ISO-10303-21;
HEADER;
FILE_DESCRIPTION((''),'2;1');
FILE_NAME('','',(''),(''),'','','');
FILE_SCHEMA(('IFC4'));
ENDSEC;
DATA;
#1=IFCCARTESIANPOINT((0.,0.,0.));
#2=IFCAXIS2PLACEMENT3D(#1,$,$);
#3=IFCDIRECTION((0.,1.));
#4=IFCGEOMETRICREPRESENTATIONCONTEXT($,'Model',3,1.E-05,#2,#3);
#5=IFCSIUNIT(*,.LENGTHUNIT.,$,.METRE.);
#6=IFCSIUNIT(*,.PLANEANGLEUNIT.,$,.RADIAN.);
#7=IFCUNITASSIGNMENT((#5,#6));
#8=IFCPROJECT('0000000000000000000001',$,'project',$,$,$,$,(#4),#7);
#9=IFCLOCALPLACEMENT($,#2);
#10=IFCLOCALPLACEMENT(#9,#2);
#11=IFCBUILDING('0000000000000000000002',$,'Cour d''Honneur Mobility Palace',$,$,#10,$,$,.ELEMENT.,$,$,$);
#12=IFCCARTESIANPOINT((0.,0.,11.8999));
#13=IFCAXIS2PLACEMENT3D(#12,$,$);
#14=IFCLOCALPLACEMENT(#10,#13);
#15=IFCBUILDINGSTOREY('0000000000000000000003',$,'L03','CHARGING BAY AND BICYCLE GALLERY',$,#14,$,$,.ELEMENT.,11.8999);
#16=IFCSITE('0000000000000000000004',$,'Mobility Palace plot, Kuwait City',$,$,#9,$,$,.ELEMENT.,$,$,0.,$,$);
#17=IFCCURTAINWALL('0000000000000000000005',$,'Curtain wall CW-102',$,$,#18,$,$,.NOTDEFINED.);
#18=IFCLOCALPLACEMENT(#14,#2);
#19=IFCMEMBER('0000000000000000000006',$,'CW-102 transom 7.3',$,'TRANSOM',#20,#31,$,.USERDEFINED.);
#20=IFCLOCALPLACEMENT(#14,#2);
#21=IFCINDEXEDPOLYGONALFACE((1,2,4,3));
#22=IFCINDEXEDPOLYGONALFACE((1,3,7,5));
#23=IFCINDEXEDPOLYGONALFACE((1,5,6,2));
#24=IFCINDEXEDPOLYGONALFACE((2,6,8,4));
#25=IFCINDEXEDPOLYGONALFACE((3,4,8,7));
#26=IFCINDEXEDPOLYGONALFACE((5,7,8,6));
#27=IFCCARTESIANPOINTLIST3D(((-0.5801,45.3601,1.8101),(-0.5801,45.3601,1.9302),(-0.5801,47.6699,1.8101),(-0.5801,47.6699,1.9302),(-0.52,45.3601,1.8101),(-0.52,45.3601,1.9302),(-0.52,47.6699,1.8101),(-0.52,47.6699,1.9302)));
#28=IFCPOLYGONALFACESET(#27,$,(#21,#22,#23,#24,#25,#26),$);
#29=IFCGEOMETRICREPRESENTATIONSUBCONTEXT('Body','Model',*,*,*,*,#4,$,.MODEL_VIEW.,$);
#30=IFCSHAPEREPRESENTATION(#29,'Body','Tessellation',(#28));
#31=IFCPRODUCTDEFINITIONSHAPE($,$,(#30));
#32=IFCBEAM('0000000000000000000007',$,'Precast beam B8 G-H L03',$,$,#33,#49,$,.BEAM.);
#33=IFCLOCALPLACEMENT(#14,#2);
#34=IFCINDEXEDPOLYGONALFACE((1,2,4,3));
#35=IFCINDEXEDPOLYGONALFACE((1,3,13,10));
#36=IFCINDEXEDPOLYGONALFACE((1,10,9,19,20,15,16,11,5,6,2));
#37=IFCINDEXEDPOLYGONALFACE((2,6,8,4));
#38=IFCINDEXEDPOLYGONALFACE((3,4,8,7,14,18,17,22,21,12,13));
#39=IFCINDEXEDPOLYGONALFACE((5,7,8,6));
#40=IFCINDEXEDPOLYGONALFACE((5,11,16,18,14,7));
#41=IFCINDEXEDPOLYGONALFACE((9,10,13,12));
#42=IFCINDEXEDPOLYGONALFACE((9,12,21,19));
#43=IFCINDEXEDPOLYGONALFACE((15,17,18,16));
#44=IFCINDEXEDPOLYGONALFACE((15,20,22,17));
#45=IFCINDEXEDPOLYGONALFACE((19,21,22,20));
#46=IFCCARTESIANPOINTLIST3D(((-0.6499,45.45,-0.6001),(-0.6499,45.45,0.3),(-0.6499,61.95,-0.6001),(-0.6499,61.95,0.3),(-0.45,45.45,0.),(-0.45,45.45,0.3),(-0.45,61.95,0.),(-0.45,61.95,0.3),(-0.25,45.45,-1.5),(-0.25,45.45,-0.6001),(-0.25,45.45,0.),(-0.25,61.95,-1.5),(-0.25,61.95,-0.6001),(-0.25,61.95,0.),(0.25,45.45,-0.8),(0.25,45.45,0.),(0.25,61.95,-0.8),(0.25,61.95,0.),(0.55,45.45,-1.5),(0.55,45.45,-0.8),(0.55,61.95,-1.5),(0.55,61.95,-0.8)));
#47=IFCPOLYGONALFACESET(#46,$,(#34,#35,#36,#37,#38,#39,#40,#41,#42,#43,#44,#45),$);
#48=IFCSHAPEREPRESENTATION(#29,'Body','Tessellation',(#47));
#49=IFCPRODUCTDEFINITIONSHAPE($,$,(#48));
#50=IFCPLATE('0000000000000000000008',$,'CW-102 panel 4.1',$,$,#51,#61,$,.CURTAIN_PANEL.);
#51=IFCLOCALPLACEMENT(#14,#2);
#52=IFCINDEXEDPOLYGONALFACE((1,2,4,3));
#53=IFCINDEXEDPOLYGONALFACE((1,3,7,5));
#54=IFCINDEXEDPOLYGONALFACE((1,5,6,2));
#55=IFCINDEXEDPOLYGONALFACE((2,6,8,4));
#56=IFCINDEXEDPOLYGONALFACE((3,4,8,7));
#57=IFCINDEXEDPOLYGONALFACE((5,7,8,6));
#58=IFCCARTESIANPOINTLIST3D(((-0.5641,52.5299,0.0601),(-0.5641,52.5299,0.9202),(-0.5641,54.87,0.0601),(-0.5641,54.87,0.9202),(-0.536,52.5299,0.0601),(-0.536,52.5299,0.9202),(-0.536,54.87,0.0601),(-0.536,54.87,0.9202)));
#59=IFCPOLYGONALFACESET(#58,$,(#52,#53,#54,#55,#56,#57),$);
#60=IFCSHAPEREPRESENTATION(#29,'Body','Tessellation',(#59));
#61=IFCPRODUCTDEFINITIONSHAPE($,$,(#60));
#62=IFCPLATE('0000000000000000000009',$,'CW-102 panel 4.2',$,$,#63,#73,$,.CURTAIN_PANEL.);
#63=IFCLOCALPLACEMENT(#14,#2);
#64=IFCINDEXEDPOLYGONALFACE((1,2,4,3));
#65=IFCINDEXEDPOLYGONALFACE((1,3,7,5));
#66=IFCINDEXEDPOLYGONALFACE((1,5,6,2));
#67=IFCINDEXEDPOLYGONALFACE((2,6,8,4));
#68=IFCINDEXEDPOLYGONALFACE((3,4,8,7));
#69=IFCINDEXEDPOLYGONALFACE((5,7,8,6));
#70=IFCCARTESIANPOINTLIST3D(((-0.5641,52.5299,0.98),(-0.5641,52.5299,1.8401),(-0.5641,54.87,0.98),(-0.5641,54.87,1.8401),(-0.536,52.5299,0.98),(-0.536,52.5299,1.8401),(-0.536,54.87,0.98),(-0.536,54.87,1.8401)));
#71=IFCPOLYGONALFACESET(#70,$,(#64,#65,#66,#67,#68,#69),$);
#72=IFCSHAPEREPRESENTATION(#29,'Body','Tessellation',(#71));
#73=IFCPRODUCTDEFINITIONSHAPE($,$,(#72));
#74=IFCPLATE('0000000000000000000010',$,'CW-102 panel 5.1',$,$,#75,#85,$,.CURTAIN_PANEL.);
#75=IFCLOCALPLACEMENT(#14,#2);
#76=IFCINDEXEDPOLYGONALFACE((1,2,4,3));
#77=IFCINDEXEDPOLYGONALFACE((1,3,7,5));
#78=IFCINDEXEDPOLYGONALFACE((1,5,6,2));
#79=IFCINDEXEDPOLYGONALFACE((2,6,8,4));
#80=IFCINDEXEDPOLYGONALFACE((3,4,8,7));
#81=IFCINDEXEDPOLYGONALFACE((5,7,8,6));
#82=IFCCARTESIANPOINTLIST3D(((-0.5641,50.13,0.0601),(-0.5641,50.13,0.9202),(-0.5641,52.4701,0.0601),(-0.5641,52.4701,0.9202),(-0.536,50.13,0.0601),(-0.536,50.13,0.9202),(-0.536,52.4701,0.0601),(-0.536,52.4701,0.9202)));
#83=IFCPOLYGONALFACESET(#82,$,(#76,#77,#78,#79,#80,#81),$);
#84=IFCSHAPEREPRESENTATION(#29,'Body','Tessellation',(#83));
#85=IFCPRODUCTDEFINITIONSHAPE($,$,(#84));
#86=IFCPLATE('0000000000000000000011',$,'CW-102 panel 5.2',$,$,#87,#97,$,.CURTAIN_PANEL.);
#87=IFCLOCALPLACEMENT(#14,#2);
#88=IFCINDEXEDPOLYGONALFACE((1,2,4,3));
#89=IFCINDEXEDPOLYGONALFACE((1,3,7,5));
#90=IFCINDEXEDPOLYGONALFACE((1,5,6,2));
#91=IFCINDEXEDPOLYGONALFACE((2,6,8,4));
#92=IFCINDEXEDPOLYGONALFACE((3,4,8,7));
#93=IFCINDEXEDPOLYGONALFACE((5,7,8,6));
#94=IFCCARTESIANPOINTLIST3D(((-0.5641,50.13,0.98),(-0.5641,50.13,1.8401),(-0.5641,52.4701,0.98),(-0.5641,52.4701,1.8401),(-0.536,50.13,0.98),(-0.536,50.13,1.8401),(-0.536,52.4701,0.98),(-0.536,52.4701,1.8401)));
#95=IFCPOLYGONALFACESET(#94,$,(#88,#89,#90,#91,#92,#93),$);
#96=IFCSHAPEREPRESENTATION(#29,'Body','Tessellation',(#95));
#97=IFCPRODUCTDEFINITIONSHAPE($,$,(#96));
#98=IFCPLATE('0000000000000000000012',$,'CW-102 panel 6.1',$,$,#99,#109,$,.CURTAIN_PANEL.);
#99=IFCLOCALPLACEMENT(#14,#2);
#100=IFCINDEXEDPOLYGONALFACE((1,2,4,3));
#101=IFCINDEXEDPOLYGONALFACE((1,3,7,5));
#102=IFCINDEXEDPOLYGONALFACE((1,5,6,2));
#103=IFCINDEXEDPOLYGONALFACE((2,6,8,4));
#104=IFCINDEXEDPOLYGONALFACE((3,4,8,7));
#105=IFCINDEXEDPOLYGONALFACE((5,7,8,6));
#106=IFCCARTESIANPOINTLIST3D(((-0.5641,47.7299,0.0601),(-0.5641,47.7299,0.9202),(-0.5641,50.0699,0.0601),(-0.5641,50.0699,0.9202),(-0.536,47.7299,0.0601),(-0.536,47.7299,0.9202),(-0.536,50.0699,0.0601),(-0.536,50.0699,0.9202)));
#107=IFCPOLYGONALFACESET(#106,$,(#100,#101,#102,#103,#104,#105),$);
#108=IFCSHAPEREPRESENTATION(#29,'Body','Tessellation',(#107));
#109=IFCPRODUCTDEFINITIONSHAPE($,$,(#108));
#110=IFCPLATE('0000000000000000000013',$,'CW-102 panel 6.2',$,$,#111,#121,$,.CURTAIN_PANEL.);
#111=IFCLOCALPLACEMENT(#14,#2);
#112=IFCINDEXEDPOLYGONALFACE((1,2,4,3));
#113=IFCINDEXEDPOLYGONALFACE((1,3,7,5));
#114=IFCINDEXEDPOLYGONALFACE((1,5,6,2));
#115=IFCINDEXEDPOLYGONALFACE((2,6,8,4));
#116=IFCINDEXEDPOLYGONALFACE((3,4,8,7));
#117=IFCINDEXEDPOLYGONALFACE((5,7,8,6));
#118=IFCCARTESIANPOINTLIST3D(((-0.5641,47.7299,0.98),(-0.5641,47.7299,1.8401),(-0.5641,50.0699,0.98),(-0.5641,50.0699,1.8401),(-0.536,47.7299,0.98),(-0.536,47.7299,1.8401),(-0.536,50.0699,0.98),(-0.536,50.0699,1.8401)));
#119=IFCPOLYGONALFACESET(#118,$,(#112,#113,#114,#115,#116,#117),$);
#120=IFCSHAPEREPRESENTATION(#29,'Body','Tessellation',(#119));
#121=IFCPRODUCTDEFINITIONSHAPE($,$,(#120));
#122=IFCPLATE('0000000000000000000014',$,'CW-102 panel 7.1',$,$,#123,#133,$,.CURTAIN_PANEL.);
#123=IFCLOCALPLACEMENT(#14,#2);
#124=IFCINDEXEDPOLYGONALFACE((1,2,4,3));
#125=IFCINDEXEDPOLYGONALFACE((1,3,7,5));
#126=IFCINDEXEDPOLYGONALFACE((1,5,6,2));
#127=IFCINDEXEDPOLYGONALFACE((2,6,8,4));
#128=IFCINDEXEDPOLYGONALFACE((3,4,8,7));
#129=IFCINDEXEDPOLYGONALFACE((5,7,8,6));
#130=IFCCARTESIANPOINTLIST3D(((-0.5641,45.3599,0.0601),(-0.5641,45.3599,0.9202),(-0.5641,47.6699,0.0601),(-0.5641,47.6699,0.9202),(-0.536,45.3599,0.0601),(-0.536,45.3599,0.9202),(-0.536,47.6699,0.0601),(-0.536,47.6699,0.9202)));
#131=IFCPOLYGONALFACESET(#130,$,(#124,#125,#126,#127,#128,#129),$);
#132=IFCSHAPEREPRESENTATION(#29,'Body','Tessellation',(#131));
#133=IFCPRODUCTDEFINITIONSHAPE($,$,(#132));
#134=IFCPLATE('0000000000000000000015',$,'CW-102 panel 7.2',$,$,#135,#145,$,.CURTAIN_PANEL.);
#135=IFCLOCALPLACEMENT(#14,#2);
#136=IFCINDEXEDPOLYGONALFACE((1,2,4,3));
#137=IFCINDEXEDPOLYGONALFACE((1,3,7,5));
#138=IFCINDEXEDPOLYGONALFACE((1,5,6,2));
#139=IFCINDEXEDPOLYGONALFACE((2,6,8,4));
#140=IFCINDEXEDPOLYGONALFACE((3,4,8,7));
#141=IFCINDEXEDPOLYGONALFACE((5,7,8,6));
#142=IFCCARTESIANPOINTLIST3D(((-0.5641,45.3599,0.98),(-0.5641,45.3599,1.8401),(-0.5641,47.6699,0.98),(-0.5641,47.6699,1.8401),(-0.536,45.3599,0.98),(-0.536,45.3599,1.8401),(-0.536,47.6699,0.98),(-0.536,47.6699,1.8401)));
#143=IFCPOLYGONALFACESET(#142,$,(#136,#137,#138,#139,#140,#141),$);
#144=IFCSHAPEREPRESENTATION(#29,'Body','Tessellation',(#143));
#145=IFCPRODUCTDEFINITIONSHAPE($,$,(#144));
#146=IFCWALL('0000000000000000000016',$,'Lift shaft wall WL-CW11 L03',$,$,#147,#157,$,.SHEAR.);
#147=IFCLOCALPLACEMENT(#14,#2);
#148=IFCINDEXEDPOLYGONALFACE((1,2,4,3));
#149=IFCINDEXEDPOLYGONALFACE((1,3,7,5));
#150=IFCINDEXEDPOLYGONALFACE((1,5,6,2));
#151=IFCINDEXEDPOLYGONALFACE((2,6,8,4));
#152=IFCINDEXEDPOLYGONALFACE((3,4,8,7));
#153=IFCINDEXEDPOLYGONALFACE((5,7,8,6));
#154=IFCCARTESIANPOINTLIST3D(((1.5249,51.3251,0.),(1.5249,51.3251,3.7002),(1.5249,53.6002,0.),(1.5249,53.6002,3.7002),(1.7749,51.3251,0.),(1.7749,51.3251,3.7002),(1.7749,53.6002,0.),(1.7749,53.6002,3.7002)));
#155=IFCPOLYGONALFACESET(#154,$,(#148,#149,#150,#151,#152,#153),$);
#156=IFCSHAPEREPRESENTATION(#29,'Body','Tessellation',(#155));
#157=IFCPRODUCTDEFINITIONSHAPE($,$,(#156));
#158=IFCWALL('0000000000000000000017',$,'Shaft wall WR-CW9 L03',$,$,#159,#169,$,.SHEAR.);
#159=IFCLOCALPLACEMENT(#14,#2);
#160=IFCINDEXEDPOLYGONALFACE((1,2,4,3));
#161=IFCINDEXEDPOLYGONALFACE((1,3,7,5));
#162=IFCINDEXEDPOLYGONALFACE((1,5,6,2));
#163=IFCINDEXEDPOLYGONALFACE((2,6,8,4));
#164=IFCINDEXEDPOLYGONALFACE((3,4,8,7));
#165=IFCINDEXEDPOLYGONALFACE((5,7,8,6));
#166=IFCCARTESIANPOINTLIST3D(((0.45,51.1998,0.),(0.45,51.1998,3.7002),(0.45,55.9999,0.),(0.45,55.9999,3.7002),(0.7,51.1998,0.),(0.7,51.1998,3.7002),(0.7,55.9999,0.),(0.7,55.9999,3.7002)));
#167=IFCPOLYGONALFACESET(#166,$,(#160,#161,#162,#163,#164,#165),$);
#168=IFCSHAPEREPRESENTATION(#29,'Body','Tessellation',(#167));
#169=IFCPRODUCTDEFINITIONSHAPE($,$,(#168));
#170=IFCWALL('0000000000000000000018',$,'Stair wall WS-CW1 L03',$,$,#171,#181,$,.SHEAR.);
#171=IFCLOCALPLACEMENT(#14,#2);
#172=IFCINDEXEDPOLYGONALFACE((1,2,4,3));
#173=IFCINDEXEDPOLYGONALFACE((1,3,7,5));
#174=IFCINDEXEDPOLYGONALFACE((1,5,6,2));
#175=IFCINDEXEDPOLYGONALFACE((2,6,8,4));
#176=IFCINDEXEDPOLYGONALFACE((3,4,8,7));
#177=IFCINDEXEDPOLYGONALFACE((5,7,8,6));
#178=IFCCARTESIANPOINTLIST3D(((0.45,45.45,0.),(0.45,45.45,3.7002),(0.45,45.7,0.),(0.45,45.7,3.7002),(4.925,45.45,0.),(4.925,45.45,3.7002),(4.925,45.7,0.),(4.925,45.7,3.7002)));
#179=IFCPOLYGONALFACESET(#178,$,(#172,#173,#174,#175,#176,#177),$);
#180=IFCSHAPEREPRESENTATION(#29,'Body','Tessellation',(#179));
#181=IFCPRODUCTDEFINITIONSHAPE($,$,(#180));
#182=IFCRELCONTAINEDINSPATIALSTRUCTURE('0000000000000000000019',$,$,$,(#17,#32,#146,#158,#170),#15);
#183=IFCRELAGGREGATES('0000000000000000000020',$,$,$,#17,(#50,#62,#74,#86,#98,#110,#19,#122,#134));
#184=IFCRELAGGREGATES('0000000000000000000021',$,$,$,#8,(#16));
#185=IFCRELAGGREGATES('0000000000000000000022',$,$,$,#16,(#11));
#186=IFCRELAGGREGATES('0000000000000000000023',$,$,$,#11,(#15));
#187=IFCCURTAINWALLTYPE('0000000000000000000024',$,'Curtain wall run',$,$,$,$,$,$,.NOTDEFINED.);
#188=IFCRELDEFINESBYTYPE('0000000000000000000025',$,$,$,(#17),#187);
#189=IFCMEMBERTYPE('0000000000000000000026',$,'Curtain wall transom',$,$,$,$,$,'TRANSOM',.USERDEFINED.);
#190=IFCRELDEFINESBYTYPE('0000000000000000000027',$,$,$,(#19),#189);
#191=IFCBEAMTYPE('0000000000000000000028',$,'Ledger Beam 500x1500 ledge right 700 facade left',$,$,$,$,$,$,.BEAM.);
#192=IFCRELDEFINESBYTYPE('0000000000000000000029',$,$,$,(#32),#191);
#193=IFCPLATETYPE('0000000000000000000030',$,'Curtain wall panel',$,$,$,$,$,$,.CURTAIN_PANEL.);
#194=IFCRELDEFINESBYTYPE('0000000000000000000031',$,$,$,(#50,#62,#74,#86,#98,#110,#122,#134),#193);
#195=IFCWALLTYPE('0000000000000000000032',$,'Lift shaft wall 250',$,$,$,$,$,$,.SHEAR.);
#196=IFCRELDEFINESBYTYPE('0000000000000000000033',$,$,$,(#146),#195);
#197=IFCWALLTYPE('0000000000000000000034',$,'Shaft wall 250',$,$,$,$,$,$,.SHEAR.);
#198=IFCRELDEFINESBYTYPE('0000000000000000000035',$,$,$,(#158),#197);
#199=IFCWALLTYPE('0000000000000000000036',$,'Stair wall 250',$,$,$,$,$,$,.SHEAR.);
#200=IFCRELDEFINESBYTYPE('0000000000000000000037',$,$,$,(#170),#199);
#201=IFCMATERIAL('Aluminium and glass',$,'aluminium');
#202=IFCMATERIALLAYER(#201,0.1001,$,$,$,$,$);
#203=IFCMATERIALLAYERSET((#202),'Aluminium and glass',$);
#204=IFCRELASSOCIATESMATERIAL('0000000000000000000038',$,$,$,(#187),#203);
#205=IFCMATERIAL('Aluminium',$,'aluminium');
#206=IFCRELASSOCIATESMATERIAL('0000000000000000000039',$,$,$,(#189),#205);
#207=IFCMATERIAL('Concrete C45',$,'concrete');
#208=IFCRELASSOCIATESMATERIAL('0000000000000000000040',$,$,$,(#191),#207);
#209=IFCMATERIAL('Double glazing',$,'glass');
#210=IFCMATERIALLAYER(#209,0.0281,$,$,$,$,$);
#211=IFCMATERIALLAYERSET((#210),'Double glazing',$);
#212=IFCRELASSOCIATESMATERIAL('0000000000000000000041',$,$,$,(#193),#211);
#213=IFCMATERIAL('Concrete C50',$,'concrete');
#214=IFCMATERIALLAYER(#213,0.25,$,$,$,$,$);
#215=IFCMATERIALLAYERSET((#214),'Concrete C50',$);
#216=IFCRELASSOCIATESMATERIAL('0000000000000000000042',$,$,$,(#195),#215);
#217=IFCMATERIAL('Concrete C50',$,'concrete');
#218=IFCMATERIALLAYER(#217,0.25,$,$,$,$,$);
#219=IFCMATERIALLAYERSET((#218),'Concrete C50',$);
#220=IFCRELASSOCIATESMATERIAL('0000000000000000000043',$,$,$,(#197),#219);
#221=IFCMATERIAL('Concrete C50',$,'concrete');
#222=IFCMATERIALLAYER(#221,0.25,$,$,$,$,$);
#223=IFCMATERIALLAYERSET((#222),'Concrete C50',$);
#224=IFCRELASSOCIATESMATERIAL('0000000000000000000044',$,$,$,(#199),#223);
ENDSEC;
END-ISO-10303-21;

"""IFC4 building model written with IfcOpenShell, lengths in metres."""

from ifc_helpers import new_model, si_unit, direction, frame, frame_2d, origin, origin_2d, place, context, subcontext, project, spatial, polyline, rectangle, outline, extrude, material, layer, layer_set, material_profile, profile_set, type_object, element, aggregate, save


model = new_model("IFC4")

# Units and contexts
model_context = context("Model", 3, precision=1e-05, world=origin(), true_north=direction((0.0, 1.0)))
body_context = subcontext(model_context, "Body", "Model", "MODEL_VIEW")
ifc_project = project(units=[si_unit("LENGTHUNIT", "METRE"), si_unit("PLANEANGLEUNIT", "RADIAN")], contexts=[model_context])

# Site, building, storey
site_placement = place(None, origin())
site = spatial("IfcSite", under=ifc_project, at=site_placement, Name="Mobility Palace plot, Kuwait City", CompositionType="ELEMENT", RefElevation=0.0)
building_placement = place(site_placement, origin())
building = spatial("IfcBuilding", under=site, at=building_placement, Name="Cour d'Honneur Mobility Palace", CompositionType="ELEMENT")
storey_placement = place(building_placement, frame((0.0, 0.0, 11.8999)))
storey = spatial("IfcBuildingStorey", under=building, at=storey_placement, Name="L03", Description="CHARGING BAY AND BICYCLE GALLERY", CompositionType="ELEMENT", Elevation=11.8999)

# Curtain wall, member
ifc_material_1 = material(Name="Aluminium and glass", Category="aluminium")
ifc_layer_1 = layer(ifc_material_1, 0.1001)
ifc_layer_set_1 = layer_set([ifc_layer_1], Name="Aluminium and glass")
curtain_wall_type = type_object("IfcCurtainWallType", Name="Curtain wall run", PredefinedType="NOTDEFINED", material=ifc_layer_set_1)
curtain_wall_placement = place(storey_placement, origin())
curtain_wall = element("IfcCurtainWall", 1, at=curtain_wall_placement, inside=storey, type_object=curtain_wall_type, Name="Curtain wall CW-102", PredefinedType="NOTDEFINED")
ifc_material_2 = material(Name="Aluminium", Category="aluminium")
ifc_material_profile_1 = material_profile(ifc_material_2, rectangle(XDim=0.0601, YDim=0.1201, at=origin_2d()), Name="Curtain wall transom")
ifc_profile_set_1 = profile_set([ifc_material_profile_1], Name="Aluminium")
member_type_1 = type_object("IfcMemberType", Name="Curtain wall transom", ElementType="TRANSOM", PredefinedType="USERDEFINED", material=ifc_profile_set_1)
member_1_placement = place(storey_placement, frame((-0.55, 47.6699, 1.8701), z_axis=(0.0, -1.0, 0.0), x_axis=(1.0, 0.0, 0.0)))
member_1 = element("IfcMember", 2, at=member_1_placement, type_object=member_type_1, Name="CW-102 transom 7.3", ObjectType="TRANSOM", PredefinedType="USERDEFINED", context=body_context, shape_type="SweptSolid", body=[
    extrude(rectangle(XDim=0.0601, YDim=0.1201, at=origin_2d()), origin(), (0.0, 0.0, 1.0), 2.3098),
])

# Beam
ifc_material_3 = material(Name="Concrete C45", Category="concrete")
ifc_material_profile_2 = material_profile(ifc_material_3, outline(polyline([(0.25, -1.5), (0.25, -0.6001), (0.6499, -0.6001), (0.6499, 0.3), (0.45, 0.3), (0.45, 0.0), (0.25, 0.0), (-0.25, 0.0), (-0.25, -0.8), (-0.55, -0.8), (-0.55, -1.5), (0.25, -1.5)])), Name="Ledger Beam 500x1500 ledge right 700 facade left")
ifc_profile_set_2 = profile_set([ifc_material_profile_2], Name="Concrete C45")
beam_type = type_object("IfcBeamType", Name="Ledger Beam 500x1500 ledge right 700 facade left", PredefinedType="BEAM", material=ifc_profile_set_2)
beam_placement = place(storey_placement, frame((0.0, 45.45, 0.0), z_axis=(0.0, 1.0, 0.0), x_axis=(-1.0, 0.0, 0.0)))
element("IfcBeam", 3, at=beam_placement, inside=storey, type_object=beam_type, Name="Precast beam B8 G-H L03", PredefinedType="BEAM", context=body_context, shape_type="SweptSolid", body=[
    extrude(outline(polyline([(0.25, -1.5), (0.25, -0.6001), (0.6499, -0.6001), (0.6499, 0.3), (0.45, 0.3), (0.45, 0.0), (0.25, 0.0), (-0.25, 0.0), (-0.25, -0.8), (-0.55, -0.8), (-0.55, -1.5), (0.25, -1.5)])), origin(), (0.0, 0.0, 1.0), 16.5),
])

# Plates
ifc_material_4 = material(Name="Double glazing", Category="glass")
ifc_layer_2 = layer(ifc_material_4, 0.0281)
ifc_layer_set_2 = layer_set([ifc_layer_2], Name="Double glazing")
plate_type = type_object("IfcPlateType", Name="Curtain wall panel", PredefinedType="CURTAIN_PANEL", material=ifc_layer_set_2)
plate_1_placement = place(storey_placement, frame((-0.55, 53.7, 0.0601), z_axis=(0.0, 0.0, 1.0), x_axis=(0.0, -1.0, 0.0)))
plate_1 = element("IfcPlate", 4, at=plate_1_placement, type_object=plate_type, Name="CW-102 panel 4.1", PredefinedType="CURTAIN_PANEL", context=body_context, shape_type="SweptSolid", body=[
    extrude(rectangle(XDim=2.3401, YDim=0.0281, at=origin_2d()), origin(), (0.0, 0.0, 1.0), 0.8601),
])
plate_2_placement = place(storey_placement, frame((-0.55, 53.7, 0.98), z_axis=(0.0, 0.0, 1.0), x_axis=(0.0, -1.0, 0.0)))
plate_2 = element("IfcPlate", 5, at=plate_2_placement, type_object=plate_type, Name="CW-102 panel 4.2", PredefinedType="CURTAIN_PANEL", context=body_context, shape_type="SweptSolid", body=[
    extrude(rectangle(XDim=2.3401, YDim=0.0281, at=origin_2d()), origin(), (0.0, 0.0, 1.0), 0.8601),
])
plate_3_placement = place(storey_placement, frame((-0.55, 51.3, 0.0601), z_axis=(0.0, 0.0, 1.0), x_axis=(0.0, -1.0, 0.0)))
plate_3 = element("IfcPlate", 6, at=plate_3_placement, type_object=plate_type, Name="CW-102 panel 5.1", PredefinedType="CURTAIN_PANEL", context=body_context, shape_type="SweptSolid", body=[
    extrude(rectangle(XDim=2.3401, YDim=0.0281, at=origin_2d()), origin(), (0.0, 0.0, 1.0), 0.8601),
])
plate_4_placement = place(storey_placement, frame((-0.55, 51.3, 0.98), z_axis=(0.0, 0.0, 1.0), x_axis=(0.0, -1.0, 0.0)))
plate_4 = element("IfcPlate", 7, at=plate_4_placement, type_object=plate_type, Name="CW-102 panel 5.2", PredefinedType="CURTAIN_PANEL", context=body_context, shape_type="SweptSolid", body=[
    extrude(rectangle(XDim=2.3401, YDim=0.0281, at=origin_2d()), origin(), (0.0, 0.0, 1.0), 0.8601),
])
plate_5_placement = place(storey_placement, frame((-0.55, 48.8999, 0.0601), z_axis=(0.0, 0.0, 1.0), x_axis=(0.0, -1.0, 0.0)))
plate_5 = element("IfcPlate", 8, at=plate_5_placement, type_object=plate_type, Name="CW-102 panel 6.1", PredefinedType="CURTAIN_PANEL", context=body_context, shape_type="SweptSolid", body=[
    extrude(rectangle(XDim=2.3401, YDim=0.0281, at=origin_2d()), origin(), (0.0, 0.0, 1.0), 0.8601),
])
plate_6_placement = place(storey_placement, frame((-0.55, 48.8999, 0.98), z_axis=(0.0, 0.0, 1.0), x_axis=(0.0, -1.0, 0.0)))
plate_6 = element("IfcPlate", 9, at=plate_6_placement, type_object=plate_type, Name="CW-102 panel 6.2", PredefinedType="CURTAIN_PANEL", context=body_context, shape_type="SweptSolid", body=[
    extrude(rectangle(XDim=2.3401, YDim=0.0281, at=origin_2d()), origin(), (0.0, 0.0, 1.0), 0.8601),
])
plate_7_placement = place(storey_placement, frame((-0.55, 46.5149, 0.0601), z_axis=(0.0, 0.0, 1.0), x_axis=(0.0, -1.0, 0.0)))
plate_7 = element("IfcPlate", 10, at=plate_7_placement, type_object=plate_type, Name="CW-102 panel 7.1", PredefinedType="CURTAIN_PANEL", context=body_context, shape_type="SweptSolid", body=[
    extrude(rectangle(XDim=2.3101, YDim=0.0281, at=origin_2d()), origin(), (0.0, 0.0, 1.0), 0.8601),
])
plate_8_placement = place(storey_placement, frame((-0.55, 46.5149, 0.98), z_axis=(0.0, 0.0, 1.0), x_axis=(0.0, -1.0, 0.0)))
plate_8 = element("IfcPlate", 11, at=plate_8_placement, type_object=plate_type, Name="CW-102 panel 7.2", PredefinedType="CURTAIN_PANEL", context=body_context, shape_type="SweptSolid", body=[
    extrude(rectangle(XDim=2.3101, YDim=0.0281, at=origin_2d()), origin(), (0.0, 0.0, 1.0), 0.8601),
])
aggregate(curtain_wall, [plate_1, plate_2, plate_3, plate_4, plate_5, plate_6, member_1, plate_7, plate_8])

# Walls
ifc_material_5 = material(Name="Concrete C50", Category="concrete")
ifc_layer_3 = layer(ifc_material_5, 0.25)
ifc_layer_set_3 = layer_set([ifc_layer_3], Name="Concrete C50")
wall_type_1 = type_object("IfcWallType", Name="Lift shaft wall 250", PredefinedType="SHEAR", material=ifc_layer_set_3)
wall_1_placement = place(storey_placement, frame((1.6499, 51.325, 0.0), z_axis=(0.0, 0.0, 1.0), x_axis=(0.0, 1.0, 0.0)))
element("IfcWall", 12, at=wall_1_placement, inside=storey, type_object=wall_type_1, Name="Lift shaft wall WL-CW11 L03", PredefinedType="SHEAR", context=body_context, shape_type="SweptSolid", body=[
    extrude(rectangle(XDim=2.2751, YDim=0.25, at=frame_2d((1.1377, 0.0))), origin(), (0.0, 0.0, 1.0), 3.7002),
])
ifc_material_6 = material(Name="Concrete C50", Category="concrete")
ifc_layer_4 = layer(ifc_material_6, 0.25)
ifc_layer_set_4 = layer_set([ifc_layer_4], Name="Concrete C50")
wall_type_2 = type_object("IfcWallType", Name="Shaft wall 250", PredefinedType="SHEAR", material=ifc_layer_set_4)
wall_2_placement = place(storey_placement, frame((0.575, 51.2, 0.0), z_axis=(0.0, 0.0, 1.0), x_axis=(0.0, 1.0, 0.0)))
element("IfcWall", 13, at=wall_2_placement, inside=storey, type_object=wall_type_2, Name="Shaft wall WR-CW9 L03", PredefinedType="SHEAR", context=body_context, shape_type="SweptSolid", body=[
    extrude(rectangle(XDim=4.8, YDim=0.25, at=frame_2d((2.3999, 0.0))), origin(), (0.0, 0.0, 1.0), 3.7002),
])
ifc_material_7 = material(Name="Concrete C50", Category="concrete")
ifc_layer_5 = layer(ifc_material_7, 0.25)
ifc_layer_set_5 = layer_set([ifc_layer_5], Name="Concrete C50")
wall_type_3 = type_object("IfcWallType", Name="Stair wall 250", PredefinedType="SHEAR", material=ifc_layer_set_5)
wall_3_placement = place(storey_placement, frame((0.45, 45.575, 0.0), z_axis=(0.0, 0.0, 1.0), x_axis=(1.0, 0.0, 0.0)))
element("IfcWall", 14, at=wall_3_placement, inside=storey, type_object=wall_type_3, Name="Stair wall WS-CW1 L03", PredefinedType="SHEAR", context=body_context, shape_type="SweptSolid", body=[
    extrude(rectangle(XDim=4.4751, YDim=0.25, at=frame_2d((2.2375, 0.0))), origin(), (0.0, 0.0, 1.0), 3.7002),
])

save(model, "model.ifc")
